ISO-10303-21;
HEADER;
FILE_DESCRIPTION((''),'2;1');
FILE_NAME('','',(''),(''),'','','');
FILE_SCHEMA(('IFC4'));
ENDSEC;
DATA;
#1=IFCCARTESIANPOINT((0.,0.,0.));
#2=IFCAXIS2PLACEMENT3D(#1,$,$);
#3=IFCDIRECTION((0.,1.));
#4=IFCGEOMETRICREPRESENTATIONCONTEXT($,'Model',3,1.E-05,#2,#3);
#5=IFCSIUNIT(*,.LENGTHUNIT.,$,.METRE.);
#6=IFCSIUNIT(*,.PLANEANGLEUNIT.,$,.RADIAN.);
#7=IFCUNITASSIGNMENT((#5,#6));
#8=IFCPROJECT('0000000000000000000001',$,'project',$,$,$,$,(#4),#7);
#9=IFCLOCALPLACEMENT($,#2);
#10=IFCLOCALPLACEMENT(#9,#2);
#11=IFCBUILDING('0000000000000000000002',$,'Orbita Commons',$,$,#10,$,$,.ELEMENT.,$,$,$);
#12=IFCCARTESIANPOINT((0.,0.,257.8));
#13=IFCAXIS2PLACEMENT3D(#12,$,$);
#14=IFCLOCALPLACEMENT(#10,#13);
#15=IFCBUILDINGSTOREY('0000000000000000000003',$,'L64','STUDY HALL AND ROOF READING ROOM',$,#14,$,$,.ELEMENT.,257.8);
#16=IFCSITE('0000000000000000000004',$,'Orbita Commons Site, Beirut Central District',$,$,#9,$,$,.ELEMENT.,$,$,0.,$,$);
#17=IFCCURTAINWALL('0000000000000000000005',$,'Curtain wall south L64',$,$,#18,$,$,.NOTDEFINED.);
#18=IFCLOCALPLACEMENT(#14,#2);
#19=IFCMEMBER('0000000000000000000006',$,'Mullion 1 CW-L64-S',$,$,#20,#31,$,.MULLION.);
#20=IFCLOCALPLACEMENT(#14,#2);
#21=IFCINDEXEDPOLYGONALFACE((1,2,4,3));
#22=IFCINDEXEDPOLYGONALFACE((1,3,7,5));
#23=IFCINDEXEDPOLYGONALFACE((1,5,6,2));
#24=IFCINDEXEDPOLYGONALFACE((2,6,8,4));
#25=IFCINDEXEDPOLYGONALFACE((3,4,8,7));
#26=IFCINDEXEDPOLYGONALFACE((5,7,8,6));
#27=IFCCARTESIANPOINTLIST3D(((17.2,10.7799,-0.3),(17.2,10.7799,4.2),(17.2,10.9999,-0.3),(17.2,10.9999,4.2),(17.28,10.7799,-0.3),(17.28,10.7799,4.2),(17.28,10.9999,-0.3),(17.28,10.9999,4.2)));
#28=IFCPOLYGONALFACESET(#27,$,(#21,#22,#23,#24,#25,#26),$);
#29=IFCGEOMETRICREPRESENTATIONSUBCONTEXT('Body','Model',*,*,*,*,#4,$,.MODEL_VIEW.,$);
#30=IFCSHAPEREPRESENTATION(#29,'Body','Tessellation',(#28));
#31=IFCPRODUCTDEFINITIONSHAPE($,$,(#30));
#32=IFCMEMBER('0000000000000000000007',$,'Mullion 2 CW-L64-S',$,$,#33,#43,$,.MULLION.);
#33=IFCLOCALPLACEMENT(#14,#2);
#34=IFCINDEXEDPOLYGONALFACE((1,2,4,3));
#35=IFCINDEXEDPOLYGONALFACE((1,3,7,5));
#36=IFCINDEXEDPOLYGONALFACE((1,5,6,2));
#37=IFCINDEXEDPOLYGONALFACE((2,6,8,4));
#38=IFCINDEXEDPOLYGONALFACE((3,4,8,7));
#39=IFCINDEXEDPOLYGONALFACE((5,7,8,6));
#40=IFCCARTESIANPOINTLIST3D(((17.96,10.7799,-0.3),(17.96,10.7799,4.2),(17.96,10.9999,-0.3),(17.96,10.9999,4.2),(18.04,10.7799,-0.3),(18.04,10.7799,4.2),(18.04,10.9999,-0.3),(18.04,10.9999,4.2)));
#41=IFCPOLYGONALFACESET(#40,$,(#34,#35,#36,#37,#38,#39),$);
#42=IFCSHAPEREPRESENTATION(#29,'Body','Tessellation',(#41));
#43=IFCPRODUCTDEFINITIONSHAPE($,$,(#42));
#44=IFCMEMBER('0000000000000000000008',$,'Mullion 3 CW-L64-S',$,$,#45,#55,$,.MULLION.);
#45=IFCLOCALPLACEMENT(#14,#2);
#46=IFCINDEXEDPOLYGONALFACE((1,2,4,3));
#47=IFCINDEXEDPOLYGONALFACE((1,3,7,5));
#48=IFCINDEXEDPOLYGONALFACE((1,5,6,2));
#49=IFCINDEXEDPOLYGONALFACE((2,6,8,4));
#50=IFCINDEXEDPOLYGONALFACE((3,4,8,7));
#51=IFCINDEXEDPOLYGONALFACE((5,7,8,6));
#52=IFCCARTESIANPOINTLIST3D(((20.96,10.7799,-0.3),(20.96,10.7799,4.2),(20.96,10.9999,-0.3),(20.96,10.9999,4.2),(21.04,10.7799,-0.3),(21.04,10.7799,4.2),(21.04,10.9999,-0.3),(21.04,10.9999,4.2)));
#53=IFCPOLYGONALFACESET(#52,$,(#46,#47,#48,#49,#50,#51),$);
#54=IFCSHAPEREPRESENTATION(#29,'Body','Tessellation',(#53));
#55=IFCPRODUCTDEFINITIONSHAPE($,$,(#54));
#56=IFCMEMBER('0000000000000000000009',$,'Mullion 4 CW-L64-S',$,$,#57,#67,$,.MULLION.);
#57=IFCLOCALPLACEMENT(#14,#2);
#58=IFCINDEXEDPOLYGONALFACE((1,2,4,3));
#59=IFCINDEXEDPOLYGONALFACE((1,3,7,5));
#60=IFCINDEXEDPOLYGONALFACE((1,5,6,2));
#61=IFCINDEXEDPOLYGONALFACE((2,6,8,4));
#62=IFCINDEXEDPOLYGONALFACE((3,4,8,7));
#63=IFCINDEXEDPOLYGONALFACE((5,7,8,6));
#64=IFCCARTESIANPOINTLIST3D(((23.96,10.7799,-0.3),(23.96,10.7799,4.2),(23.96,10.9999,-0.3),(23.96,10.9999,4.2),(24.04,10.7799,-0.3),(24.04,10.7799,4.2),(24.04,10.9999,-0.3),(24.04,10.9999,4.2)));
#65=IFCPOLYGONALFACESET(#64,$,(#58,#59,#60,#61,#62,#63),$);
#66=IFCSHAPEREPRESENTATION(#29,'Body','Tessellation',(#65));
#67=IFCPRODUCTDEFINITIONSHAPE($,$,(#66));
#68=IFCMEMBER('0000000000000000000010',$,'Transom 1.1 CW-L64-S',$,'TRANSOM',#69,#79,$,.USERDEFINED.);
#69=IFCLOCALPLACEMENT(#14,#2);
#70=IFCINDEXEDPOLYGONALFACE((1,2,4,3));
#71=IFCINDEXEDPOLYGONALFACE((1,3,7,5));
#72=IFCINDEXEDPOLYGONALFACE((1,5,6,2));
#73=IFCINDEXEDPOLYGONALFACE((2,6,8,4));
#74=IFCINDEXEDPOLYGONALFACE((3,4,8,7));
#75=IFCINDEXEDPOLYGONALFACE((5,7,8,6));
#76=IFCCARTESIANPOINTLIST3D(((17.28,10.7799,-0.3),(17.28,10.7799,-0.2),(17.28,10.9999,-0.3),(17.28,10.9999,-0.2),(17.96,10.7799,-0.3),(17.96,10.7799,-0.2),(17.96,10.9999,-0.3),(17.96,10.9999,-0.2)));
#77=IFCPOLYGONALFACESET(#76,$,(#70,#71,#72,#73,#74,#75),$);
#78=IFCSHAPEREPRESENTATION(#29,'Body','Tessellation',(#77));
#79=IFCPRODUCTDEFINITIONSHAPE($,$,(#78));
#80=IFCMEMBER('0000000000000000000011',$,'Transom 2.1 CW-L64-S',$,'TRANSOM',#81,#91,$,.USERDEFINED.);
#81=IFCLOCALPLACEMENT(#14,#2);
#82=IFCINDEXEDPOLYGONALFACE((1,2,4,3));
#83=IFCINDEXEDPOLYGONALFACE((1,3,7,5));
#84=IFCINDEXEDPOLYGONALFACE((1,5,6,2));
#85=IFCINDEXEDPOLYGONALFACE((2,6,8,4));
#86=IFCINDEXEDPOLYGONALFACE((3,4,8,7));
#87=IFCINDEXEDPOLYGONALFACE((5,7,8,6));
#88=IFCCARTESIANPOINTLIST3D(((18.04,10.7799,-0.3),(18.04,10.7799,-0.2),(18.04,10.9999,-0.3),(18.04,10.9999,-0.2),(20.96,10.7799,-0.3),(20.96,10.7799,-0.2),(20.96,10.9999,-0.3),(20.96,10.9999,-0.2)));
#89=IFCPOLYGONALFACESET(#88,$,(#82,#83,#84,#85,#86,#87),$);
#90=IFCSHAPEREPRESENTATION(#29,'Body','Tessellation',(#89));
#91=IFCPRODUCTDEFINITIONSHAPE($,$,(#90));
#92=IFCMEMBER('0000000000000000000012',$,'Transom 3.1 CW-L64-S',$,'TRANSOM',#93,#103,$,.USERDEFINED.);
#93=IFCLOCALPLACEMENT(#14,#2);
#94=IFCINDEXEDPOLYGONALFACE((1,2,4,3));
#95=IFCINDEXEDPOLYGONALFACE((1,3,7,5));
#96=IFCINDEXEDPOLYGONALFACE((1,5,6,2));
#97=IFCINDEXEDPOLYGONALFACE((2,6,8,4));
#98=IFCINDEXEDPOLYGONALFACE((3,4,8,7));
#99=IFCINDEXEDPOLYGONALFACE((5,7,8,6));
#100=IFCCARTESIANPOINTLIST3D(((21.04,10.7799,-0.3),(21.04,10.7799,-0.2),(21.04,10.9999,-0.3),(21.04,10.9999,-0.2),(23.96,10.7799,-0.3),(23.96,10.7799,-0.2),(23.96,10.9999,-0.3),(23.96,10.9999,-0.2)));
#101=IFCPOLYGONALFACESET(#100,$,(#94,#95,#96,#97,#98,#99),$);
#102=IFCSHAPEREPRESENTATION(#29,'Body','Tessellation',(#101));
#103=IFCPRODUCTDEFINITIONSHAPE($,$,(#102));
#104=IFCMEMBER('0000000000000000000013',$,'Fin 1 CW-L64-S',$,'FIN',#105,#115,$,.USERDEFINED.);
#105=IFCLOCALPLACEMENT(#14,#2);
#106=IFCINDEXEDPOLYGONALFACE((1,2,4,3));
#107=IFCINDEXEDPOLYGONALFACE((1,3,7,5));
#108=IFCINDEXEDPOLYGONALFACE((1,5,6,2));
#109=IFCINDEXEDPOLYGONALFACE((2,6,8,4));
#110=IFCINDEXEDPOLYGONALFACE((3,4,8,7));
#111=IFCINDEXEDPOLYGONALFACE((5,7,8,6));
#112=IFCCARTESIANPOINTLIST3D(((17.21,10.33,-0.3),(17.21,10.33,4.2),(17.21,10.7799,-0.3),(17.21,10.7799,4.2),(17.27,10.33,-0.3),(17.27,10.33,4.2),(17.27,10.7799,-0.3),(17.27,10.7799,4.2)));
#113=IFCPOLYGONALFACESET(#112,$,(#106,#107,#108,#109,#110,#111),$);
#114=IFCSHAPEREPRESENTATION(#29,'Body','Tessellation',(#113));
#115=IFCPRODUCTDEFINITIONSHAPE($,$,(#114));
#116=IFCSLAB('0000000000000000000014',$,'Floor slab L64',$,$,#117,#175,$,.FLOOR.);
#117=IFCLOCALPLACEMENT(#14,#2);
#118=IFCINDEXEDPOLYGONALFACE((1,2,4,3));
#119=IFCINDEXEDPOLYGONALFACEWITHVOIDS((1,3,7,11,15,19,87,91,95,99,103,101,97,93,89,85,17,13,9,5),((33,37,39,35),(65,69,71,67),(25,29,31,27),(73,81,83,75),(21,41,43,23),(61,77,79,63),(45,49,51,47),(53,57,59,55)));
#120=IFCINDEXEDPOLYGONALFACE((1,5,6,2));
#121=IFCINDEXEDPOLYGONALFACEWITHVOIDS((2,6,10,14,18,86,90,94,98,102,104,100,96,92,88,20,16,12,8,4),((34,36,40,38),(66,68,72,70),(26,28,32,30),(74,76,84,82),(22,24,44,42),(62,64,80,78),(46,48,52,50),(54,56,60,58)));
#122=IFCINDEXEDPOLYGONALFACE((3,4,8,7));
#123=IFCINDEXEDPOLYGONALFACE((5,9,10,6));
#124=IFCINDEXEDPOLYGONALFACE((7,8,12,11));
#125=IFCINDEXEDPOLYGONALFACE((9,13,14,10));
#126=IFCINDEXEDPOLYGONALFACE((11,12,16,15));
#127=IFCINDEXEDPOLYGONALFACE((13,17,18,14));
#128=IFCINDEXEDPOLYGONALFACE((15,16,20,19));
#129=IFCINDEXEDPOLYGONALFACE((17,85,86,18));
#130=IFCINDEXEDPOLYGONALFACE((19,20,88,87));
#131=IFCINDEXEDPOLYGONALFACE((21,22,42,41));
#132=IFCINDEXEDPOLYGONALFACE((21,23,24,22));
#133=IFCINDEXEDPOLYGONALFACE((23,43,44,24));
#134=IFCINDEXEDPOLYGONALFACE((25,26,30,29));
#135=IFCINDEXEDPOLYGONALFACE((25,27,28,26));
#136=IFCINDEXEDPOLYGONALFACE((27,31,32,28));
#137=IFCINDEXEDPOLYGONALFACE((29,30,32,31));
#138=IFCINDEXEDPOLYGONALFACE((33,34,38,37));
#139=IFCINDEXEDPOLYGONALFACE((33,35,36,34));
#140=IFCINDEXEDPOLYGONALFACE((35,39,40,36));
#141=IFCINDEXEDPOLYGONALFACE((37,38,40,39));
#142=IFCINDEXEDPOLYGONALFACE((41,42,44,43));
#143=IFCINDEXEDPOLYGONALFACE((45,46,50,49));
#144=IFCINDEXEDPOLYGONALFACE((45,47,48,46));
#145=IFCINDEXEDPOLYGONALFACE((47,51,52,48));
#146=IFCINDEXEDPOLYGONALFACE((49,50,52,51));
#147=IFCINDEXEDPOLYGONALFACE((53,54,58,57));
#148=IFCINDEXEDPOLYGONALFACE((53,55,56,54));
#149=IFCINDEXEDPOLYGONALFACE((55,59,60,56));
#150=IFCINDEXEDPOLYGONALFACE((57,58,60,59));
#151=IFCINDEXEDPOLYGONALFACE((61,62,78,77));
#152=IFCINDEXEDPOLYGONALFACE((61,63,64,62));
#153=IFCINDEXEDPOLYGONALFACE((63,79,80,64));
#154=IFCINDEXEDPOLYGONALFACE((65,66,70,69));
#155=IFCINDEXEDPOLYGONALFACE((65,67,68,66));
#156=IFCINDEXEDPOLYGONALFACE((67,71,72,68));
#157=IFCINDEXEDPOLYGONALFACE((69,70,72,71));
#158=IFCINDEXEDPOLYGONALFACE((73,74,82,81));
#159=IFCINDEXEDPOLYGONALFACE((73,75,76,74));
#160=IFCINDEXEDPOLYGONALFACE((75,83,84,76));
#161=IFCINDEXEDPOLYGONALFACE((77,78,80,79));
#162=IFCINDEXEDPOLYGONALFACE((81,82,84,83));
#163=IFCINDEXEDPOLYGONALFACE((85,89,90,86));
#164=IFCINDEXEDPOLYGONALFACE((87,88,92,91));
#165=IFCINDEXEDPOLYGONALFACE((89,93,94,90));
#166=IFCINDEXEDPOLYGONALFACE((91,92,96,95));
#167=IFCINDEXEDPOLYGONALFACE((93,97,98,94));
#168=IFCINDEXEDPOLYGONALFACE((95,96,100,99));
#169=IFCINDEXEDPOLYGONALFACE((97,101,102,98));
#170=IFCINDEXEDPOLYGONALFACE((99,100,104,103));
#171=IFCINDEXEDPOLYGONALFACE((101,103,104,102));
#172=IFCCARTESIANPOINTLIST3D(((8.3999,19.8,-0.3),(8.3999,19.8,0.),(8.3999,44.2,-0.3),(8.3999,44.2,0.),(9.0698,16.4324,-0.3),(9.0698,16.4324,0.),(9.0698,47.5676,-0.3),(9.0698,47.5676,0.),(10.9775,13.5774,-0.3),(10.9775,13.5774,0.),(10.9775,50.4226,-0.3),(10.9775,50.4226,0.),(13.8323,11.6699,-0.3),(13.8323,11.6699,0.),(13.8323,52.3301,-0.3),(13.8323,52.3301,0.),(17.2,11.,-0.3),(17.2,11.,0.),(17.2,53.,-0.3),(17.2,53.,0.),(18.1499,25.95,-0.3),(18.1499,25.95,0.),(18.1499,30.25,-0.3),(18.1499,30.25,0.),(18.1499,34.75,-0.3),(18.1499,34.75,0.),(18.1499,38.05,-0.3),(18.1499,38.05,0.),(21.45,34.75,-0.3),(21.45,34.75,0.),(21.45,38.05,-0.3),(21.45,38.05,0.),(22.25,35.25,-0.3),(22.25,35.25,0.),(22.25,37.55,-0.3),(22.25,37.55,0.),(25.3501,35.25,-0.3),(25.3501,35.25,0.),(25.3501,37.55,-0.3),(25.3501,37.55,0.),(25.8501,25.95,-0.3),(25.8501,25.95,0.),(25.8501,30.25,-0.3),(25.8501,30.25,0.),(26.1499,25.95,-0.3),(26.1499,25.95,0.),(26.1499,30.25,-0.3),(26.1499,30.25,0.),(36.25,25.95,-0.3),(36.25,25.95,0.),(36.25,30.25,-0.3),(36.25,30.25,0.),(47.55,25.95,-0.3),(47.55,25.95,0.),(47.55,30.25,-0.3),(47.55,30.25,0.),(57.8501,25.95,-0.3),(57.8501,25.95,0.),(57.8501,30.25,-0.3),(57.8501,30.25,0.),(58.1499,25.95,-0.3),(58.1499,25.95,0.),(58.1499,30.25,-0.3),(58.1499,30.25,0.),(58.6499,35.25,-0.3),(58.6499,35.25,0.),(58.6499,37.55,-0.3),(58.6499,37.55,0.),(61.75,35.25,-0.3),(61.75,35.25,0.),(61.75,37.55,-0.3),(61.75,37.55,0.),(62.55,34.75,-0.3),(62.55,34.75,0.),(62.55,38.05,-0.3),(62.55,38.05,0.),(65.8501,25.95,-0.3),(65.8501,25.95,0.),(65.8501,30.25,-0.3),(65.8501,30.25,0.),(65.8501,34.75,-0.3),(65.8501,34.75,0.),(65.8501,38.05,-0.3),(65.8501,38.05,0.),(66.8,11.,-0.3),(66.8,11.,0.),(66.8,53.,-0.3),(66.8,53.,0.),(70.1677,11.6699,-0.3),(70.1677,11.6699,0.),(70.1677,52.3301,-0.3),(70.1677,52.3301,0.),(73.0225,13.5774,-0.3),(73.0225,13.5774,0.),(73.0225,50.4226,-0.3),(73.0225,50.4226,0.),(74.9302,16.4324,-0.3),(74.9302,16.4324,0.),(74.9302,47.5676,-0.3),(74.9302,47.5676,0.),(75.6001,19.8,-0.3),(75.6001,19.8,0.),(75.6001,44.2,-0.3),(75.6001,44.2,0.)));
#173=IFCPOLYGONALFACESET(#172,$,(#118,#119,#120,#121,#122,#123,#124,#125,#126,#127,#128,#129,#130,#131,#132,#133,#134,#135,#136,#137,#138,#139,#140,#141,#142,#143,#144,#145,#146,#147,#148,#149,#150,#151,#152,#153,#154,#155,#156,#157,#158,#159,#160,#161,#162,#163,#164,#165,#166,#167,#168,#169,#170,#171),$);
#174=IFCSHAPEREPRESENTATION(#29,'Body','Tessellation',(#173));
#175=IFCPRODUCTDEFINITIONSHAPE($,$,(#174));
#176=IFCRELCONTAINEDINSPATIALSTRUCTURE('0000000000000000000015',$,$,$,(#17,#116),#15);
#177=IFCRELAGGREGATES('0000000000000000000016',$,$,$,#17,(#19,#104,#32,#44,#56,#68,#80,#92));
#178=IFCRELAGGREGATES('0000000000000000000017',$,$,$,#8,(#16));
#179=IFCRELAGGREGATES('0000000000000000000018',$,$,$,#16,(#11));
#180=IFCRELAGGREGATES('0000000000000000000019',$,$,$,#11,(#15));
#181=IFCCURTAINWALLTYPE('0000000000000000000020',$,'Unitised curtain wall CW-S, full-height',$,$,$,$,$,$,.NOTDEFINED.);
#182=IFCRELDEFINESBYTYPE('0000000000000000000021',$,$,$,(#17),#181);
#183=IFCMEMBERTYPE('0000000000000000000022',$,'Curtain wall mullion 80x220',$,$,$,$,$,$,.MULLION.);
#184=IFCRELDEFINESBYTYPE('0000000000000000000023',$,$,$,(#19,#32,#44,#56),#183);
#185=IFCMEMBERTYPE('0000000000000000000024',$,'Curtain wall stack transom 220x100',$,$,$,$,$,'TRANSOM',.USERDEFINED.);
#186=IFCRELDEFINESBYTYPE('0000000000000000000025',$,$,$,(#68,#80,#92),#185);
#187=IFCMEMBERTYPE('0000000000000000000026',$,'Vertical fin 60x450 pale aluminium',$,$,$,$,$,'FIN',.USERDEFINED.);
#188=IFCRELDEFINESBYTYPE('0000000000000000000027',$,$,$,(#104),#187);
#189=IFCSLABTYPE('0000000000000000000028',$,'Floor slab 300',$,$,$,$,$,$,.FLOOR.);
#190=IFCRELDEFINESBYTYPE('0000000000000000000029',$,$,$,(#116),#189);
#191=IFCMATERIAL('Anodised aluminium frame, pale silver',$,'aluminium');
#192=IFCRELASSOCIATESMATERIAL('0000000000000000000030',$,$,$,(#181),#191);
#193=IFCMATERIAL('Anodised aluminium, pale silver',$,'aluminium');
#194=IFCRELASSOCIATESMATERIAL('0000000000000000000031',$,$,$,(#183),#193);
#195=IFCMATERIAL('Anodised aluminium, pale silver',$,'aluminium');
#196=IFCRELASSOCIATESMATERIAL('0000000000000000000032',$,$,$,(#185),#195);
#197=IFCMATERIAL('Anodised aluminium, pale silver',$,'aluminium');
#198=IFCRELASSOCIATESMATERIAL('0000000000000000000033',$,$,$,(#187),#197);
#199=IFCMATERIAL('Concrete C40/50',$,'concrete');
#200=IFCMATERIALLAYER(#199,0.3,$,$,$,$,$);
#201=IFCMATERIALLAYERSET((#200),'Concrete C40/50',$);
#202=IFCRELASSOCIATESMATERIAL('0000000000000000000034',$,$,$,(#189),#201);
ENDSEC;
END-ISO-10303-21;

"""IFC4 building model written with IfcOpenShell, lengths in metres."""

from ifc_helpers import new_model, si_unit, direction, frame, origin, origin_2d, place, context, subcontext, project, spatial, polyline, rectangle, outline, extrude, material, layer, layer_set, material_profile, profile_set, type_object, element, aggregate, save


model = new_model("IFC4")

# Units and contexts
model_context = context("Model", 3, precision=1e-05, world=origin(), true_north=direction((0.0, 1.0)))
body_context = subcontext(model_context, "Body", "Model", "MODEL_VIEW")
ifc_project = project(units=[si_unit("LENGTHUNIT", "METRE"), si_unit("PLANEANGLEUNIT", "RADIAN")], contexts=[model_context])

# Site, building, storey
site_placement = place(None, origin())
site = spatial("IfcSite", under=ifc_project, at=site_placement, Name="Orbita Commons Site, Beirut Central District", CompositionType="ELEMENT", RefElevation=0.0)
building_placement = place(site_placement, origin())
building = spatial("IfcBuilding", under=site, at=building_placement, Name="Orbita Commons", CompositionType="ELEMENT")
storey_placement = place(building_placement, frame((0.0, 0.0, 257.8)))
storey = spatial("IfcBuildingStorey", under=building, at=storey_placement, Name="L64", Description="STUDY HALL AND ROOF READING ROOM", CompositionType="ELEMENT", Elevation=257.8)

# Curtain wall, members
ifc_material_1 = material(Name="Anodised aluminium frame, pale silver", Category="aluminium")
curtain_wall_type = type_object("IfcCurtainWallType", Name="Unitised curtain wall CW-S, full-height", PredefinedType="NOTDEFINED", material=ifc_material_1)
curtain_wall_placement = place(storey_placement, origin())
curtain_wall = element("IfcCurtainWall", 1, at=curtain_wall_placement, inside=storey, type_object=curtain_wall_type, Name="Curtain wall south L64", PredefinedType="NOTDEFINED")
ifc_material_2 = material(Name="Anodised aluminium, pale silver", Category="aluminium")
ifc_material_profile_1 = material_profile(ifc_material_2, rectangle(XDim=0.0801, YDim=0.22, at=origin_2d()), Name="AL 80x220")
ifc_profile_set_1 = profile_set([ifc_material_profile_1], Name="Anodised aluminium, pale silver")
member_type_1 = type_object("IfcMemberType", Name="Curtain wall mullion 80x220", PredefinedType="MULLION", material=ifc_profile_set_1)
member_1_placement = place(storey_placement, frame((17.24, 10.8899, -0.3), z_axis=(0.0, 0.0, 1.0), x_axis=(1.0, 0.0, 0.0)))
member_1 = element("IfcMember", 2, at=member_1_placement, type_object=member_type_1, Name="Mullion 1 CW-L64-S", PredefinedType="MULLION", context=body_context, shape_type="SweptSolid", body=[
    extrude(rectangle(XDim=0.0801, YDim=0.22, at=origin_2d()), origin(), (0.0, 0.0, 1.0), 4.5),
])
member_2_placement = place(storey_placement, frame((18.0, 10.8899, -0.3), z_axis=(0.0, 0.0, 1.0), x_axis=(1.0, 0.0, 0.0)))
member_2 = element("IfcMember", 3, at=member_2_placement, type_object=member_type_1, Name="Mullion 2 CW-L64-S", PredefinedType="MULLION", context=body_context, shape_type="SweptSolid", body=[
    extrude(rectangle(XDim=0.0801, YDim=0.22, at=origin_2d()), origin(), (0.0, 0.0, 1.0), 4.5),
])
member_3_placement = place(storey_placement, frame((21.0, 10.8899, -0.3), z_axis=(0.0, 0.0, 1.0), x_axis=(1.0, 0.0, 0.0)))
member_3 = element("IfcMember", 4, at=member_3_placement, type_object=member_type_1, Name="Mullion 3 CW-L64-S", PredefinedType="MULLION", context=body_context, shape_type="SweptSolid", body=[
    extrude(rectangle(XDim=0.0801, YDim=0.22, at=origin_2d()), origin(), (0.0, 0.0, 1.0), 4.5),
])
member_4_placement = place(storey_placement, frame((24.0, 10.8899, -0.3), z_axis=(0.0, 0.0, 1.0), x_axis=(1.0, 0.0, 0.0)))
member_4 = element("IfcMember", 5, at=member_4_placement, type_object=member_type_1, Name="Mullion 4 CW-L64-S", PredefinedType="MULLION", context=body_context, shape_type="SweptSolid", body=[
    extrude(rectangle(XDim=0.0801, YDim=0.22, at=origin_2d()), origin(), (0.0, 0.0, 1.0), 4.5),
])
ifc_material_3 = material(Name="Anodised aluminium, pale silver", Category="aluminium")
ifc_material_profile_2 = material_profile(ifc_material_3, rectangle(XDim=0.22, YDim=0.1001, at=origin_2d()), Name="AL 220x100")
ifc_profile_set_2 = profile_set([ifc_material_profile_2], Name="Anodised aluminium, pale silver")
member_type_2 = type_object("IfcMemberType", Name="Curtain wall stack transom 220x100", ElementType="TRANSOM", PredefinedType="USERDEFINED", material=ifc_profile_set_2)
member_5_placement = place(storey_placement, frame((17.28, 10.8899, -0.25), z_axis=(1.0, 0.0, 0.0), x_axis=(0.0, 1.0, 0.0)))
member_5 = element("IfcMember", 6, at=member_5_placement, type_object=member_type_2, Name="Transom 1.1 CW-L64-S", ObjectType="TRANSOM", PredefinedType="USERDEFINED", context=body_context, shape_type="SweptSolid", body=[
    extrude(rectangle(XDim=0.22, YDim=0.1001, at=origin_2d()), origin(), (0.0, 0.0, 1.0), 0.6799),
])
member_6_placement = place(storey_placement, frame((18.04, 10.8899, -0.25), z_axis=(1.0, 0.0, 0.0), x_axis=(0.0, 1.0, 0.0)))
member_6 = element("IfcMember", 7, at=member_6_placement, type_object=member_type_2, Name="Transom 2.1 CW-L64-S", ObjectType="TRANSOM", PredefinedType="USERDEFINED", context=body_context, shape_type="SweptSolid", body=[
    extrude(rectangle(XDim=0.22, YDim=0.1001, at=origin_2d()), origin(), (0.0, 0.0, 1.0), 2.9199),
])
member_7_placement = place(storey_placement, frame((21.04, 10.8899, -0.25), z_axis=(1.0, 0.0, 0.0), x_axis=(0.0, 1.0, 0.0)))
member_7 = element("IfcMember", 8, at=member_7_placement, type_object=member_type_2, Name="Transom 3.1 CW-L64-S", ObjectType="TRANSOM", PredefinedType="USERDEFINED", context=body_context, shape_type="SweptSolid", body=[
    extrude(rectangle(XDim=0.22, YDim=0.1001, at=origin_2d()), origin(), (0.0, 0.0, 1.0), 2.9199),
])
ifc_material_4 = material(Name="Anodised aluminium, pale silver", Category="aluminium")
ifc_material_profile_3 = material_profile(ifc_material_4, rectangle(XDim=0.0601, YDim=0.45, at=origin_2d()), Name="FIN 60x450")
ifc_profile_set_3 = profile_set([ifc_material_profile_3], Name="Anodised aluminium, pale silver")
member_type_3 = type_object("IfcMemberType", Name="Vertical fin 60x450 pale aluminium", ElementType="FIN", PredefinedType="USERDEFINED", material=ifc_profile_set_3)
member_8_placement = place(storey_placement, frame((17.24, 10.5549, -0.3), z_axis=(0.0, 0.0, 1.0), x_axis=(1.0, 0.0, 0.0)))
member_8 = element("IfcMember", 9, at=member_8_placement, type_object=member_type_3, Name="Fin 1 CW-L64-S", ObjectType="FIN", PredefinedType="USERDEFINED", context=body_context, shape_type="SweptSolid", body=[
    extrude(rectangle(XDim=0.0601, YDim=0.45, at=origin_2d()), origin(), (0.0, 0.0, 1.0), 4.5),
])

# Slab
ifc_material_5 = material(Name="Concrete C40/50", Category="concrete")
ifc_layer_1 = layer(ifc_material_5, 0.3)
ifc_layer_set_1 = layer_set([ifc_layer_1], Name="Concrete C40/50")
slab_type_1 = type_object("IfcSlabType", Name="Floor slab 300", PredefinedType="FLOOR", material=ifc_layer_set_1)
slab_1_placement = place(storey_placement, frame((0.0, 0.0, -0.3)))
element("IfcSlab", 10, at=slab_1_placement, inside=storey, type_object=slab_type_1, Name="Floor slab L64", PredefinedType="FLOOR", context=body_context, shape_type="SweptSolid", body=[
    extrude(outline(polyline([(66.8, 11.0), (70.1677, 11.6699), (73.0225, 13.5774), (74.9302, 16.4324), (75.6001, 19.8), (75.6001, 44.2), (74.9302, 47.5676), (73.0225, 50.4226), (70.1677, 52.3301), (66.8, 53.0), (17.2, 53.0), (13.8323, 52.3301), (10.9775, 50.4226), (9.0698, 47.5676), (8.3999, 44.2), (8.3999, 19.8), (9.0698, 16.4324), (10.9775, 13.5774), (13.8323, 11.6699), (17.2, 11.0), (66.8, 11.0)]), holes=[polyline([(18.1499, 25.95), (25.8501, 25.95), (25.8501, 30.25), (18.1499, 30.25), (18.1499, 25.95)]), polyline([(58.1499, 25.95), (65.8501, 25.95), (65.8501, 30.25), (58.1499, 30.25), (58.1499, 25.95)]), polyline([(18.1499, 34.75), (21.45, 34.75), (21.45, 38.05), (18.1499, 38.05), (18.1499, 34.75)]), polyline([(62.55, 34.75), (65.8501, 34.75), (65.8501, 38.05), (62.55, 38.05), (62.55, 34.75)]), polyline([(22.25, 35.25), (25.3501, 35.25), (25.3501, 37.55), (22.25, 37.55), (22.25, 35.25)]), polyline([(58.6499, 35.25), (61.75, 35.25), (61.75, 37.55), (58.6499, 37.55), (58.6499, 35.25)]), polyline([(26.1499, 25.95), (36.25, 25.95), (36.25, 30.25), (26.1499, 30.25), (26.1499, 25.95)]), polyline([(47.55, 25.95), (57.8501, 25.95), (57.8501, 30.25), (47.55, 30.25), (47.55, 25.95)])]), origin(), (0.0, 0.0, 1.0), 0.3),
])

aggregate(curtain_wall, [member_1, member_8, member_2, member_3, member_4, member_5, member_6, member_7])

save(model, "model.ifc")
